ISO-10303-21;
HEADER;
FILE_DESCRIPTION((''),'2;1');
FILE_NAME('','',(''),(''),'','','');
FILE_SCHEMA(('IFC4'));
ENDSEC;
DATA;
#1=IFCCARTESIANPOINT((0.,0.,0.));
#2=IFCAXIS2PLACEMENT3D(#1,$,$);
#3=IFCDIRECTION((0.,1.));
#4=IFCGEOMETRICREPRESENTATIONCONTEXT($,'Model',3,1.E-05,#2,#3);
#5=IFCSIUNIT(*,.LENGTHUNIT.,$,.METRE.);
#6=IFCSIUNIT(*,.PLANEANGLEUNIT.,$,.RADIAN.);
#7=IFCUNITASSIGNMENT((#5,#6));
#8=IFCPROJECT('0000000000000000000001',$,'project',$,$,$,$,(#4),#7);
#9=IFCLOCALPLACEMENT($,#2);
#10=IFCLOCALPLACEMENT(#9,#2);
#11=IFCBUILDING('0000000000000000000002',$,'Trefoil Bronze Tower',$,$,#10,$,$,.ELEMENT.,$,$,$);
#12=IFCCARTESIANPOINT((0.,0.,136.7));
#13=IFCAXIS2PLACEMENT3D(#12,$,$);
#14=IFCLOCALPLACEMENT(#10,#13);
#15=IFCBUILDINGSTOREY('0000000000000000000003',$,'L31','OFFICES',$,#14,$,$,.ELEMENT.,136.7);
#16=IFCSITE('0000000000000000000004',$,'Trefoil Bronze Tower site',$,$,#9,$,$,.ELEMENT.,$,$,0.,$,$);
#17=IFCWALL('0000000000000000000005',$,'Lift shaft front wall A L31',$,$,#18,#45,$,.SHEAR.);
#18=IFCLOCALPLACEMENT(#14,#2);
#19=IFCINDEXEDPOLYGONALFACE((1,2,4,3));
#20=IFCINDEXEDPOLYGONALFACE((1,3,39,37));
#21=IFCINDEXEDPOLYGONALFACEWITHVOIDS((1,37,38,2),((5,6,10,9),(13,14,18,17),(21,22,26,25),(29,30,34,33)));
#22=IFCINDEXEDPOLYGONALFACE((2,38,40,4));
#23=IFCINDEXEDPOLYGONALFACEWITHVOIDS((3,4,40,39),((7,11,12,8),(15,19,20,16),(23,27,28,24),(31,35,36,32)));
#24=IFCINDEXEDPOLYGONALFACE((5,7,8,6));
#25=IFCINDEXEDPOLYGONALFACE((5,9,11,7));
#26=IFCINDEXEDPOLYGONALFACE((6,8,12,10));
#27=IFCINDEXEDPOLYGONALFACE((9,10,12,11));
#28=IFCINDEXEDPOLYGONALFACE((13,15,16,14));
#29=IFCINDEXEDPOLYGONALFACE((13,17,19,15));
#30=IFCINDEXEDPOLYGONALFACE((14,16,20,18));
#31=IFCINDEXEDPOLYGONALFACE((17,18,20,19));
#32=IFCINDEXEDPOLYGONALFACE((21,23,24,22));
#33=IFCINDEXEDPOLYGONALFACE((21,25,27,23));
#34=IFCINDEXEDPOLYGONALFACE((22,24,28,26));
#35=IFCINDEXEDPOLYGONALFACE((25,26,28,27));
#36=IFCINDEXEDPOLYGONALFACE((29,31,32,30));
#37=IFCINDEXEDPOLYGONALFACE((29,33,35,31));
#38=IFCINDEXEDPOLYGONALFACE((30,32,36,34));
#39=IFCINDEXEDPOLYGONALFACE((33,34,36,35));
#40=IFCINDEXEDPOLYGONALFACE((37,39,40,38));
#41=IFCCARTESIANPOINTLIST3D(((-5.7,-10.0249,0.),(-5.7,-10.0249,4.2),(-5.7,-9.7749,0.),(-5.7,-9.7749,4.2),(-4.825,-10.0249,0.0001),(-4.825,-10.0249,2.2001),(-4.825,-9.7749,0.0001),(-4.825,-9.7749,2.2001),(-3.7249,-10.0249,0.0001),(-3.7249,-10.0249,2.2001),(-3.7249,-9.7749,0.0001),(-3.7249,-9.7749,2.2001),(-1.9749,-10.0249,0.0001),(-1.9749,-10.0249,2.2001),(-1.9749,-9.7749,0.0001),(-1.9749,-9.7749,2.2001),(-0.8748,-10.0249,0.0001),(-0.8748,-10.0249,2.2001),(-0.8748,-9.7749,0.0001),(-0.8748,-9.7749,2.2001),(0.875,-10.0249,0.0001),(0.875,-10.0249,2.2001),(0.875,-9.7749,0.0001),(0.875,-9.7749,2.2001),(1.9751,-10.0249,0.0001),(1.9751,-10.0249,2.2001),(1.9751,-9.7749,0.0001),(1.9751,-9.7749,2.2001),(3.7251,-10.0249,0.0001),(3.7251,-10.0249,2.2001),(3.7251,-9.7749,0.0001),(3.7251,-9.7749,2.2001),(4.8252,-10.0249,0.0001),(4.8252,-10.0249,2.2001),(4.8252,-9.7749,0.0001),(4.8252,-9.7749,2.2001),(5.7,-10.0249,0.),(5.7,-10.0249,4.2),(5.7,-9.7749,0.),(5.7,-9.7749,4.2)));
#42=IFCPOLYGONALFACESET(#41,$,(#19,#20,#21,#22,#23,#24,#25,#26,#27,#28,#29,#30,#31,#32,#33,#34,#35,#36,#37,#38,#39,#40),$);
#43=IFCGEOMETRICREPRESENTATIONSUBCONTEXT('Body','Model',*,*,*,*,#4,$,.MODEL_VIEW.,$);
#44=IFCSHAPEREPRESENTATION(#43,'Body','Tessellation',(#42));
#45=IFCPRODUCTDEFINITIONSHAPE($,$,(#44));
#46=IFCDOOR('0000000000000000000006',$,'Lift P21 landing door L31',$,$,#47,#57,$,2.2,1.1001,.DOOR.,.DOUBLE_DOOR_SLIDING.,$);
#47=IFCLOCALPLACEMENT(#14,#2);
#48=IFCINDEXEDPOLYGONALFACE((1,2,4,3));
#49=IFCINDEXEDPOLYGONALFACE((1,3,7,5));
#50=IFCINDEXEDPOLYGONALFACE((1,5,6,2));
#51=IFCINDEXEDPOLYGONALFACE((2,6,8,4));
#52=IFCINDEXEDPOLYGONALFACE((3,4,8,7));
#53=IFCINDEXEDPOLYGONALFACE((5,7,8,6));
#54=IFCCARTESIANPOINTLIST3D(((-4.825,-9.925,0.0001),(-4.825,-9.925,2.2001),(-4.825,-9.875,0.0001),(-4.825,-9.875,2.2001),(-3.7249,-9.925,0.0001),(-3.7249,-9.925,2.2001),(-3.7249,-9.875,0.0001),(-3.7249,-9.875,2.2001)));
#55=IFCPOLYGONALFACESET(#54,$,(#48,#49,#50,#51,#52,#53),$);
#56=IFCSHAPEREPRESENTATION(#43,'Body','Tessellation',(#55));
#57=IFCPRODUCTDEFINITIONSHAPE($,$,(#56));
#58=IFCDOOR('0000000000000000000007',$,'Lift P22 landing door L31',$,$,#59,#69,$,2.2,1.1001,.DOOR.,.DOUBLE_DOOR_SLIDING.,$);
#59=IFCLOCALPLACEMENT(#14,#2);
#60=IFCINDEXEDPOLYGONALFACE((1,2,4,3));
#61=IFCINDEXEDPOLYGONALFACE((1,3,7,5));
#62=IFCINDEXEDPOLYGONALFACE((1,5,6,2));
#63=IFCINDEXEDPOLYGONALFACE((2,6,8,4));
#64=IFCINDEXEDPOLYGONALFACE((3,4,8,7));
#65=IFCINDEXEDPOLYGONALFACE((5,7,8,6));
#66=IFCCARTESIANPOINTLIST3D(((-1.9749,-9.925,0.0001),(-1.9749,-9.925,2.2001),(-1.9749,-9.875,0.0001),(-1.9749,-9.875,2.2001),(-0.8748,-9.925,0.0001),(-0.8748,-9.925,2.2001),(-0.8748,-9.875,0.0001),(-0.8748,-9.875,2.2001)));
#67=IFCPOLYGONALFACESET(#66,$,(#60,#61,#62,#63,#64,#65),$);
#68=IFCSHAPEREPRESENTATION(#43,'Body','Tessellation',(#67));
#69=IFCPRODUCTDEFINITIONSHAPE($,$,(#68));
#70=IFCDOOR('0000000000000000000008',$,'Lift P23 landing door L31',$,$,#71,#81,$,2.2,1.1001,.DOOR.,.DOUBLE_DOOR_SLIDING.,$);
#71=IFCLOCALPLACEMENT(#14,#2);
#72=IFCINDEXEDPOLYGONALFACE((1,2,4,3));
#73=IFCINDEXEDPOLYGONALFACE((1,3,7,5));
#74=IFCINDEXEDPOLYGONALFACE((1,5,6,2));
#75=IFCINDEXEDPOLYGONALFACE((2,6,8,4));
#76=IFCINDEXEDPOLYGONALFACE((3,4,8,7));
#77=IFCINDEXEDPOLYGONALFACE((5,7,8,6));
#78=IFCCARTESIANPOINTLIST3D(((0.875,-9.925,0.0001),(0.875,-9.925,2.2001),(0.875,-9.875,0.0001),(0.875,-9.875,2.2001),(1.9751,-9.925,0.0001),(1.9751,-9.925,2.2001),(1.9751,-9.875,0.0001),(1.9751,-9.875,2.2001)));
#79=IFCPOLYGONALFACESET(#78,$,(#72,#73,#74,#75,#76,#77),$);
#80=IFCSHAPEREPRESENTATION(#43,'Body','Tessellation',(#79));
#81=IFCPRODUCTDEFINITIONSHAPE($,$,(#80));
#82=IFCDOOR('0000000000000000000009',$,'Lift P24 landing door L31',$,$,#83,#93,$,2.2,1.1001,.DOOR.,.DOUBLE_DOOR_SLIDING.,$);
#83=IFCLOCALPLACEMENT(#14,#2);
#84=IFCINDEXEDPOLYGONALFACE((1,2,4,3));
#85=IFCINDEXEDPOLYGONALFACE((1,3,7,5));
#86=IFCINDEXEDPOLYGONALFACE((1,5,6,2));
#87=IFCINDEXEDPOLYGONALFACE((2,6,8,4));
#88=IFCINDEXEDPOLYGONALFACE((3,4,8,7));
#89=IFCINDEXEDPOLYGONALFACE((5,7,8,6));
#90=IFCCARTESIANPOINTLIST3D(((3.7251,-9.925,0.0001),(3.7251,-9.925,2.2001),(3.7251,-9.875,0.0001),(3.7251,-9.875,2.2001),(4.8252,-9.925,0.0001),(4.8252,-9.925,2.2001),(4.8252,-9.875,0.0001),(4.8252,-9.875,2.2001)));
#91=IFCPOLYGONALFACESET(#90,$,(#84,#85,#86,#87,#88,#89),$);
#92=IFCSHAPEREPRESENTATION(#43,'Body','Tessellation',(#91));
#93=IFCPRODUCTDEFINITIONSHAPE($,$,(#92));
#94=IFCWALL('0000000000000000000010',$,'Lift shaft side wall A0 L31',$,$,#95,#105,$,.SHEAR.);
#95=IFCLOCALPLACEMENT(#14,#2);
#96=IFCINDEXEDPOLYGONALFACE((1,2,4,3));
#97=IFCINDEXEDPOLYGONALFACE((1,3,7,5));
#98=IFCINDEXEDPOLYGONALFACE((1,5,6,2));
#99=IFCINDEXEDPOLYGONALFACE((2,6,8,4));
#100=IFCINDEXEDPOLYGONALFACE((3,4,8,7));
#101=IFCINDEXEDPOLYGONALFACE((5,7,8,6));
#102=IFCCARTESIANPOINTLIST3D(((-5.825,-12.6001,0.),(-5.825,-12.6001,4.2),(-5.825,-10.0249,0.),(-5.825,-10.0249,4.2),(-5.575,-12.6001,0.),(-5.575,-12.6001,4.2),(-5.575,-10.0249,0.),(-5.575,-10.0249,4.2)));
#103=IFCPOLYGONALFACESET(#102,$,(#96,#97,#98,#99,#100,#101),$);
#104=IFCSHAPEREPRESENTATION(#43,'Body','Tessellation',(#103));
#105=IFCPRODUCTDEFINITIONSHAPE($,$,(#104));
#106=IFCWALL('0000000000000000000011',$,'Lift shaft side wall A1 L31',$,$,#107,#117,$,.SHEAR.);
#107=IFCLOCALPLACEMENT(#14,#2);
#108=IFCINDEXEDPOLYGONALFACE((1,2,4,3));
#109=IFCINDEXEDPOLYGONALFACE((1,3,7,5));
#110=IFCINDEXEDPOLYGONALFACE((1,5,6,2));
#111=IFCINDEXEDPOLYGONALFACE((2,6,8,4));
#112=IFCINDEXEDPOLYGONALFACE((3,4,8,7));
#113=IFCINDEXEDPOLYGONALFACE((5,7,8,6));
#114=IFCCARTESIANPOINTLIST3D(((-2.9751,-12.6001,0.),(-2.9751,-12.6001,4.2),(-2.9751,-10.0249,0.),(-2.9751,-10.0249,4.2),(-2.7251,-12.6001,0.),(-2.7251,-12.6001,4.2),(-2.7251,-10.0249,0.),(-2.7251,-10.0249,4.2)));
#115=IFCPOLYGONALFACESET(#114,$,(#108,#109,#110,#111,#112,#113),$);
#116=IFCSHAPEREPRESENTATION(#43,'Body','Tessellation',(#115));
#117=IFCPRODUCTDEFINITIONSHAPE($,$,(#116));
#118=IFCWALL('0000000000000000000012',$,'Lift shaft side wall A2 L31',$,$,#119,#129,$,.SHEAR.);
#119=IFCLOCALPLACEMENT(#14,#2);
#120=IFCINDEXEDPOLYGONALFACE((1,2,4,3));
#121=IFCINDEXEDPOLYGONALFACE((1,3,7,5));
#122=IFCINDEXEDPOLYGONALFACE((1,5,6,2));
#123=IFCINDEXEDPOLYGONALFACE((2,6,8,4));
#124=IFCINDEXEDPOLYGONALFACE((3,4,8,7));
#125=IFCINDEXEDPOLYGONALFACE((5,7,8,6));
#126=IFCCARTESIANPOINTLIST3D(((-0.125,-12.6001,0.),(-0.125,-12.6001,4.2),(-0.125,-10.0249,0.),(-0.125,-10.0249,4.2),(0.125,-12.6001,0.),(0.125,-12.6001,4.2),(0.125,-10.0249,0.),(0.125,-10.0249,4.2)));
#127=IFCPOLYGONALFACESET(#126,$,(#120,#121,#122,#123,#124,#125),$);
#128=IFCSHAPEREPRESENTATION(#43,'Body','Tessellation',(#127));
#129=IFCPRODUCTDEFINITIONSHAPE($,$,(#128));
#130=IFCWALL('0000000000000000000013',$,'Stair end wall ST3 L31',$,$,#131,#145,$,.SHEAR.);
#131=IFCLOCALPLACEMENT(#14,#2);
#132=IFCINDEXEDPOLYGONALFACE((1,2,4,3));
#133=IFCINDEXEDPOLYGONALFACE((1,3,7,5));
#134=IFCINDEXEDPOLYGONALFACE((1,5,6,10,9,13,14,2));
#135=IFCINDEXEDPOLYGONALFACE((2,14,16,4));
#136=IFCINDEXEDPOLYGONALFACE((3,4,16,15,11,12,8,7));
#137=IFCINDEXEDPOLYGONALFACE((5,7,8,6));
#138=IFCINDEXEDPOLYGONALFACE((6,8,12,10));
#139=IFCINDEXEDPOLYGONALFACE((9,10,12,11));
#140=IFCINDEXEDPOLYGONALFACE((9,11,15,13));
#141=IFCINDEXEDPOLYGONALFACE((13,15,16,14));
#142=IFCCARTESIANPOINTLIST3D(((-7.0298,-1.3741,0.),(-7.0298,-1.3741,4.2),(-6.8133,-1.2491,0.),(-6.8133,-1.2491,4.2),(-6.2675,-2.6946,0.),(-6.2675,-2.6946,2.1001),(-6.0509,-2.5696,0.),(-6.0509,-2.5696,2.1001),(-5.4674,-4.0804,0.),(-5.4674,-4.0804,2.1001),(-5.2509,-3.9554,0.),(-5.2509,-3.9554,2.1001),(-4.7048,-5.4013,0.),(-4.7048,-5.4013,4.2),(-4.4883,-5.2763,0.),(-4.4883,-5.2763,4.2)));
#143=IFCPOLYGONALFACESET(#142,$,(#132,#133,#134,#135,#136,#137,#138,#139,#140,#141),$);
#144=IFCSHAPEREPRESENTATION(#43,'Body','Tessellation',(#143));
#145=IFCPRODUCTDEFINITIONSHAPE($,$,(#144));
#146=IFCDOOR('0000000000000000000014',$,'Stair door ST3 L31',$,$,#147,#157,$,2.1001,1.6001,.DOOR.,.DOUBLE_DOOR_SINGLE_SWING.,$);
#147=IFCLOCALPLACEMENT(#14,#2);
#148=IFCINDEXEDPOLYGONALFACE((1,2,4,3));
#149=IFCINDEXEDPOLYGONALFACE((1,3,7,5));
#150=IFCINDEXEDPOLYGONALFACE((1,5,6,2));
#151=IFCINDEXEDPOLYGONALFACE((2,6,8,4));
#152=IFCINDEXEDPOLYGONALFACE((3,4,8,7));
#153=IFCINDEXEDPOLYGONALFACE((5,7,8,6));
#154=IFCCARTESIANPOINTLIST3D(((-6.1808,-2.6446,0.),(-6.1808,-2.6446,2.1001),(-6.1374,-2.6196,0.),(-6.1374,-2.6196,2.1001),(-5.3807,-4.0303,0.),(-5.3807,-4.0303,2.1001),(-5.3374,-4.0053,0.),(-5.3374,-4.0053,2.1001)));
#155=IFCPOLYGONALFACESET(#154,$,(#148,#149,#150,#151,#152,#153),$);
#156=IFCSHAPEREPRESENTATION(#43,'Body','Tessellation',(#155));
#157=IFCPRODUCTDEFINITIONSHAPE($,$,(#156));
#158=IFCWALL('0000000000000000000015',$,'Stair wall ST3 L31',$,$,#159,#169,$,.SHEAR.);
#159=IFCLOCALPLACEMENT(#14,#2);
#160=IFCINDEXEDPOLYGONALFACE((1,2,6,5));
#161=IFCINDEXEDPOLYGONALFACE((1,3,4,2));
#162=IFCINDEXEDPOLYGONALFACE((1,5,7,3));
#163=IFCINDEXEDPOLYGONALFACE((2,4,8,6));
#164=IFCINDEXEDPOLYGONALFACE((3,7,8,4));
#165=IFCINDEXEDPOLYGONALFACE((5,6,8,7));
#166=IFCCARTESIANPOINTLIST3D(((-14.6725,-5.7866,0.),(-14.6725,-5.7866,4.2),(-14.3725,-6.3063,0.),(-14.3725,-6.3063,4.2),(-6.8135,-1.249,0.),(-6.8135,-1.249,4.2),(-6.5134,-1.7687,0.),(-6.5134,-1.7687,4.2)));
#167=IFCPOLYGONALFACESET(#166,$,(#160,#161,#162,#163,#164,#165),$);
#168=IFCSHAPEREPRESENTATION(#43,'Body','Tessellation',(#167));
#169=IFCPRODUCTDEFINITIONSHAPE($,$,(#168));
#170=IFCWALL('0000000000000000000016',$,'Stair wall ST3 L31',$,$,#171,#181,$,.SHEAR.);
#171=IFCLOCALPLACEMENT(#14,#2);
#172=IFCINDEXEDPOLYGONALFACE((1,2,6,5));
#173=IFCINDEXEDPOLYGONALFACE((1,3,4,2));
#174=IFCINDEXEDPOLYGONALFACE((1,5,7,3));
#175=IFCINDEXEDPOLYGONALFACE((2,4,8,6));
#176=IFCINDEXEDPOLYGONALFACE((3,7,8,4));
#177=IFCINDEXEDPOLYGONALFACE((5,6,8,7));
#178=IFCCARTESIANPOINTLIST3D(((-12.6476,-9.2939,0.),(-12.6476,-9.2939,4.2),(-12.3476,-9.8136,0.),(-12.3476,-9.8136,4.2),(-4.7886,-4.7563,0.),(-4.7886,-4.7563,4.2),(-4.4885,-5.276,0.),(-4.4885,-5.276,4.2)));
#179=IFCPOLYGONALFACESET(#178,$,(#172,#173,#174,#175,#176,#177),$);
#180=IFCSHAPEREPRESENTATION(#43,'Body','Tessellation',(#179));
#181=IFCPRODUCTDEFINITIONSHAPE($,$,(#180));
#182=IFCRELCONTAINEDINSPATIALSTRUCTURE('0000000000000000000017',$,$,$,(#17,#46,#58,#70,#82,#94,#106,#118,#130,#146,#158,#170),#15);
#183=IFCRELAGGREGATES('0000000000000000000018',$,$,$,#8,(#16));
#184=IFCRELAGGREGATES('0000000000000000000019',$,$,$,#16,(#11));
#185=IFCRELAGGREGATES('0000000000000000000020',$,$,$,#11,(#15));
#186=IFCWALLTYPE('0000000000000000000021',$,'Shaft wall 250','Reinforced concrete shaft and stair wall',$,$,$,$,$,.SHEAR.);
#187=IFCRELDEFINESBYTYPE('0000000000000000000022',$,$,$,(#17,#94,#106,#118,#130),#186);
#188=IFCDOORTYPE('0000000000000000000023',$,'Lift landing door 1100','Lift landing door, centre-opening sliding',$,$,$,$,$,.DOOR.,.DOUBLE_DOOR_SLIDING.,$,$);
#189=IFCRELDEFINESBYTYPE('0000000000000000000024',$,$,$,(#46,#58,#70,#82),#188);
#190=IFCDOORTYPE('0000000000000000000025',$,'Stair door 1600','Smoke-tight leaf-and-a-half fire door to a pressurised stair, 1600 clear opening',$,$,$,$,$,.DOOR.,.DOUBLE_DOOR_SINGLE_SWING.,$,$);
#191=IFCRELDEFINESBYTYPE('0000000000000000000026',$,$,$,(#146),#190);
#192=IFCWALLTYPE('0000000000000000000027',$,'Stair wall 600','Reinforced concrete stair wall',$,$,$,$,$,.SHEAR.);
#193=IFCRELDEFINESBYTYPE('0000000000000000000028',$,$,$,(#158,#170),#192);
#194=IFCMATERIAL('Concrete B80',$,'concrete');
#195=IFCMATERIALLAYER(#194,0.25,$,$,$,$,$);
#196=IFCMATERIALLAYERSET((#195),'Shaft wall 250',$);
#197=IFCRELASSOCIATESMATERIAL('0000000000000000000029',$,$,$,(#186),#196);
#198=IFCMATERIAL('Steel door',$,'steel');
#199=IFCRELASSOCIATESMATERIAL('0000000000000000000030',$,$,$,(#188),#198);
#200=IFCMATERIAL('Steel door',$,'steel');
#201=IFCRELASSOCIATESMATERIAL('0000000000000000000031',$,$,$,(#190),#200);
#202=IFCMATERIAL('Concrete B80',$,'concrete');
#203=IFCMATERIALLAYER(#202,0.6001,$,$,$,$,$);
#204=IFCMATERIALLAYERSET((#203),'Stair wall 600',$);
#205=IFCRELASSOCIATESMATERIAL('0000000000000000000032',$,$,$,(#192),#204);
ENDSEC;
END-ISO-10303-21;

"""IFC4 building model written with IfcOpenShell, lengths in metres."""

from ifc_helpers import new_model, si_unit, direction, frame, frame_2d, origin, place, context, subcontext, project, spatial, rectangle, extrude, material, layer, layer_set, type_object, element, fill, save


model = new_model("IFC4")

# Units and contexts
model_context = context("Model", 3, precision=1e-05, world=origin(), true_north=direction((0.0, 1.0)))
body_context = subcontext(model_context, "Body", "Model", "MODEL_VIEW")
ifc_project = project(units=[si_unit("LENGTHUNIT", "METRE"), si_unit("PLANEANGLEUNIT", "RADIAN")], contexts=[model_context])

# Site, building, storey
site_placement = place(None, origin())
site = spatial("IfcSite", under=ifc_project, at=site_placement, Name="Trefoil Bronze Tower site", CompositionType="ELEMENT", RefElevation=0.0)
building_placement = place(site_placement, origin())
building = spatial("IfcBuilding", under=site, at=building_placement, Name="Trefoil Bronze Tower", CompositionType="ELEMENT")
storey_placement = place(building_placement, frame((0.0, 0.0, 136.7)))
storey = spatial("IfcBuildingStorey", under=building, at=storey_placement, Name="L31", Description="OFFICES", CompositionType="ELEMENT", Elevation=136.7)

# Wall, openings, doors
ifc_material_1 = material(Name="Concrete B80", Category="concrete")
ifc_layer_1 = layer(ifc_material_1, 0.25)
ifc_layer_set_1 = layer_set([ifc_layer_1], Name="Shaft wall 250")
wall_type_1 = type_object("IfcWallType", Name="Shaft wall 250", Description="Reinforced concrete shaft and stair wall", PredefinedType="SHEAR", material=ifc_layer_set_1)
wall_1_placement = place(storey_placement, frame((-5.7, -9.8999, 0.0), z_axis=(0.0, 0.0, 1.0), x_axis=(1.0, 0.0, 0.0)))
wall_1 = element("IfcWall", 1, at=wall_1_placement, inside=storey, type_object=wall_type_1, Name="Lift shaft front wall A L31", PredefinedType="SHEAR", context=body_context, shape_type="SweptSolid", body=[
    extrude(rectangle(XDim=11.3999, YDim=0.25, at=frame_2d((5.7, 0.0))), origin(), (0.0, 0.0, 1.0), 4.2),
])
opening_1_placement = place(wall_1_placement, frame((0.875, 0.0, 0.0)))
opening_1 = element("IfcOpeningElement", 2, at=opening_1_placement, cuts=wall_1, PredefinedType="OPENING", context=body_context, shape_type="SweptSolid", body=[
    extrude(rectangle(XDim=1.1001, YDim=2.2, at=frame_2d((0.55, 1.1001))), frame((0.0, 0.135, 0.0), z_axis=(0.0, -1.0, 0.0), x_axis=(1.0, 0.0, 0.0)), (0.0, 0.0, 1.0), 0.27),
])
opening_2_placement = place(wall_1_placement, frame((3.7251, 0.0, 0.0)))
opening_2 = element("IfcOpeningElement", 3, at=opening_2_placement, cuts=wall_1, PredefinedType="OPENING", context=body_context, shape_type="SweptSolid", body=[
    extrude(rectangle(XDim=1.1001, YDim=2.2, at=frame_2d((0.55, 1.1001))), frame((0.0, 0.135, 0.0), z_axis=(0.0, -1.0, 0.0), x_axis=(1.0, 0.0, 0.0)), (0.0, 0.0, 1.0), 0.27),
])
opening_3_placement = place(wall_1_placement, frame((6.575, 0.0, 0.0)))
opening_3 = element("IfcOpeningElement", 4, at=opening_3_placement, cuts=wall_1, PredefinedType="OPENING", context=body_context, shape_type="SweptSolid", body=[
    extrude(rectangle(XDim=1.1001, YDim=2.2, at=frame_2d((0.55, 1.1001))), frame((0.0, 0.135, 0.0), z_axis=(0.0, -1.0, 0.0), x_axis=(1.0, 0.0, 0.0)), (0.0, 0.0, 1.0), 0.27),
])
opening_4_placement = place(wall_1_placement, frame((9.425, 0.0, 0.0)))
opening_4 = element("IfcOpeningElement", 5, at=opening_4_placement, cuts=wall_1, PredefinedType="OPENING", context=body_context, shape_type="SweptSolid", body=[
    extrude(rectangle(XDim=1.1001, YDim=2.2, at=frame_2d((0.55, 1.1001))), frame((0.0, 0.135, 0.0), z_axis=(0.0, -1.0, 0.0), x_axis=(1.0, 0.0, 0.0)), (0.0, 0.0, 1.0), 0.27),
])
ifc_material_2 = material(Name="Steel door", Category="steel")
door_type_1 = type_object("IfcDoorType", Name="Lift landing door 1100", Description="Lift landing door, centre-opening sliding", OperationType="DOUBLE_DOOR_SLIDING", PredefinedType="DOOR", material=ifc_material_2)
door_1_placement = place(opening_1_placement, origin())
door_1 = element("IfcDoor", 6, at=door_1_placement, inside=storey, type_object=door_type_1, Name="Lift P21 landing door L31", OperationType="DOUBLE_DOOR_SLIDING", OverallHeight=2.2, OverallWidth=1.1001, PredefinedType="DOOR", context=body_context, shape_type="SweptSolid", body=[
    extrude(rectangle(XDim=1.1001, YDim=2.2, at=frame_2d((0.55, 1.1001))), frame((0.0, 0.0249, 0.0), z_axis=(0.0, -1.0, 0.0), x_axis=(1.0, 0.0, 0.0)), (0.0, 0.0, 1.0), 0.05),
])
fill(opening_1, door_1)
door_2_placement = place(opening_2_placement, origin())
door_2 = element("IfcDoor", 7, at=door_2_placement, inside=storey, type_object=door_type_1, Name="Lift P22 landing door L31", OperationType="DOUBLE_DOOR_SLIDING", OverallHeight=2.2, OverallWidth=1.1001, PredefinedType="DOOR", context=body_context, shape_type="SweptSolid", body=[
    extrude(rectangle(XDim=1.1001, YDim=2.2, at=frame_2d((0.55, 1.1001))), frame((0.0, 0.0249, 0.0), z_axis=(0.0, -1.0, 0.0), x_axis=(1.0, 0.0, 0.0)), (0.0, 0.0, 1.0), 0.05),
])
fill(opening_2, door_2)
door_3_placement = place(opening_3_placement, origin())
door_3 = element("IfcDoor", 8, at=door_3_placement, inside=storey, type_object=door_type_1, Name="Lift P23 landing door L31", OperationType="DOUBLE_DOOR_SLIDING", OverallHeight=2.2, OverallWidth=1.1001, PredefinedType="DOOR", context=body_context, shape_type="SweptSolid", body=[
    extrude(rectangle(XDim=1.1001, YDim=2.2, at=frame_2d((0.55, 1.1001))), frame((0.0, 0.0249, 0.0), z_axis=(0.0, -1.0, 0.0), x_axis=(1.0, 0.0, 0.0)), (0.0, 0.0, 1.0), 0.05),
])
fill(opening_3, door_3)
door_4_placement = place(opening_4_placement, origin())
door_4 = element("IfcDoor", 9, at=door_4_placement, inside=storey, type_object=door_type_1, Name="Lift P24 landing door L31", OperationType="DOUBLE_DOOR_SLIDING", OverallHeight=2.2, OverallWidth=1.1001, PredefinedType="DOOR", context=body_context, shape_type="SweptSolid", body=[
    extrude(rectangle(XDim=1.1001, YDim=2.2, at=frame_2d((0.55, 1.1001))), frame((0.0, 0.0249, 0.0), z_axis=(0.0, -1.0, 0.0), x_axis=(1.0, 0.0, 0.0)), (0.0, 0.0, 1.0), 0.05),
])
fill(opening_4, door_4)

# Walls
for number, where, z_axis, x_axis, name in (
    (10, (-5.7, -10.0249, 0.0), (0.0, 0.0, 1.0), (0.0, -1.0, 0.0), "Lift shaft side wall A0 L31"),
    (11, (-2.8501, -10.0249, 0.0), (0.0, 0.0, 1.0), (0.0, -1.0, 0.0), "Lift shaft side wall A1 L31"),
    (12, (0.0, -10.0249, 0.0), (0.0, 0.0, 1.0), (0.0, -1.0, 0.0), "Lift shaft side wall A2 L31"),
):
    element("IfcWall", number, at=place(storey_placement, frame(where, z_axis=z_axis, x_axis=x_axis)), inside=storey, type_object=wall_type_1, Name=name, PredefinedType="SHEAR", context=body_context, shape_type="SweptSolid", body=[
        extrude(rectangle(XDim=2.5752, YDim=0.25, at=frame_2d((1.2876, 0.0))), origin(), (0.0, 0.0, 1.0), 4.2),
    ])

# Wall, opening, door
wall_2_placement = place(storey_placement, frame((-6.9216, -1.3115, 0.0), z_axis=(0.0, 0.0, 1.0), x_axis=(0.499985, -0.866034, 0.0)))
wall_2 = element("IfcWall", 13, at=wall_2_placement, inside=storey, type_object=wall_type_1, Name="Stair end wall ST3 L31", PredefinedType="SHEAR", context=body_context, shape_type="SweptSolid", body=[
    extrude(rectangle(XDim=4.6501, YDim=0.25, at=frame_2d((2.3252, 0.0))), origin(), (0.0, 0.0, 1.0), 4.2),
])
opening_5_placement = place(wall_2_placement, frame((1.5249, 0.0, 0.0)))
opening_5 = element("IfcOpeningElement", 14, at=opening_5_placement, cuts=wall_2, PredefinedType="OPENING", context=body_context, shape_type="SweptSolid", body=[
    extrude(rectangle(XDim=1.6001, YDim=2.1001, at=frame_2d((0.8, 1.05))), frame((0.0, 0.135, 0.0), z_axis=(0.0, -1.0, 0.0), x_axis=(1.0, 0.0, 0.0)), (0.0, 0.0, 1.0), 0.27),
])
ifc_material_3 = material(Name="Steel door", Category="steel")
door_type_2 = type_object("IfcDoorType", Name="Stair door 1600", Description="Smoke-tight leaf-and-a-half fire door to a pressurised stair, 1600 clear opening", OperationType="DOUBLE_DOOR_SINGLE_SWING", PredefinedType="DOOR", material=ifc_material_3)
door_5_placement = place(opening_5_placement, frame((1.6001, 0.0, 0.0), z_axis=(0.0, 0.0, 1.0), x_axis=(-1.0, 0.0, 0.0)))
door_5 = element("IfcDoor", 15, at=door_5_placement, inside=storey, type_object=door_type_2, Name="Stair door ST3 L31", OperationType="DOUBLE_DOOR_SINGLE_SWING", OverallHeight=2.1001, OverallWidth=1.6001, PredefinedType="DOOR", context=body_context, shape_type="SweptSolid", body=[
    extrude(rectangle(XDim=1.6001, YDim=2.1001, at=frame_2d((0.8, 1.05))), frame((0.0, 0.0249, 0.0), z_axis=(0.0, -1.0, 0.0), x_axis=(1.0, 0.0, 0.0)), (0.0, 0.0, 1.0), 0.05),
])
fill(opening_5, door_5)

# Walls
ifc_material_4 = material(Name="Concrete B80", Category="concrete")
ifc_layer_2 = layer(ifc_material_4, 0.6001)
ifc_layer_set_2 = layer_set([ifc_layer_2], Name="Stair wall 600")
wall_type_2 = type_object("IfcWallType", Name="Stair wall 600", Description="Reinforced concrete stair wall", PredefinedType="SHEAR", material=ifc_layer_set_2)
for number, where, z_axis, x_axis, name in (
    (16, (-6.6633, -1.5088, 0.0), (0.0, 0.0, 1.0), (-0.866019, -0.50001, 0.0), "Stair wall ST3 L31"),
    (17, (-4.6384, -5.0161, 0.0), (0.0, 0.0, 1.0), (-0.866019, -0.50001, 0.0), "Stair wall ST3 L31"),
):
    element("IfcWall", number, at=place(storey_placement, frame(where, z_axis=z_axis, x_axis=x_axis)), inside=storey, type_object=wall_type_2, Name=name, PredefinedType="SHEAR", context=body_context, shape_type="SweptSolid", body=[
        extrude(rectangle(XDim=9.075, YDim=0.6001, at=frame_2d((4.5376, 0.0))), origin(), (0.0, 0.0, 1.0), 4.2),
    ])

save(model, "model.ifc")
